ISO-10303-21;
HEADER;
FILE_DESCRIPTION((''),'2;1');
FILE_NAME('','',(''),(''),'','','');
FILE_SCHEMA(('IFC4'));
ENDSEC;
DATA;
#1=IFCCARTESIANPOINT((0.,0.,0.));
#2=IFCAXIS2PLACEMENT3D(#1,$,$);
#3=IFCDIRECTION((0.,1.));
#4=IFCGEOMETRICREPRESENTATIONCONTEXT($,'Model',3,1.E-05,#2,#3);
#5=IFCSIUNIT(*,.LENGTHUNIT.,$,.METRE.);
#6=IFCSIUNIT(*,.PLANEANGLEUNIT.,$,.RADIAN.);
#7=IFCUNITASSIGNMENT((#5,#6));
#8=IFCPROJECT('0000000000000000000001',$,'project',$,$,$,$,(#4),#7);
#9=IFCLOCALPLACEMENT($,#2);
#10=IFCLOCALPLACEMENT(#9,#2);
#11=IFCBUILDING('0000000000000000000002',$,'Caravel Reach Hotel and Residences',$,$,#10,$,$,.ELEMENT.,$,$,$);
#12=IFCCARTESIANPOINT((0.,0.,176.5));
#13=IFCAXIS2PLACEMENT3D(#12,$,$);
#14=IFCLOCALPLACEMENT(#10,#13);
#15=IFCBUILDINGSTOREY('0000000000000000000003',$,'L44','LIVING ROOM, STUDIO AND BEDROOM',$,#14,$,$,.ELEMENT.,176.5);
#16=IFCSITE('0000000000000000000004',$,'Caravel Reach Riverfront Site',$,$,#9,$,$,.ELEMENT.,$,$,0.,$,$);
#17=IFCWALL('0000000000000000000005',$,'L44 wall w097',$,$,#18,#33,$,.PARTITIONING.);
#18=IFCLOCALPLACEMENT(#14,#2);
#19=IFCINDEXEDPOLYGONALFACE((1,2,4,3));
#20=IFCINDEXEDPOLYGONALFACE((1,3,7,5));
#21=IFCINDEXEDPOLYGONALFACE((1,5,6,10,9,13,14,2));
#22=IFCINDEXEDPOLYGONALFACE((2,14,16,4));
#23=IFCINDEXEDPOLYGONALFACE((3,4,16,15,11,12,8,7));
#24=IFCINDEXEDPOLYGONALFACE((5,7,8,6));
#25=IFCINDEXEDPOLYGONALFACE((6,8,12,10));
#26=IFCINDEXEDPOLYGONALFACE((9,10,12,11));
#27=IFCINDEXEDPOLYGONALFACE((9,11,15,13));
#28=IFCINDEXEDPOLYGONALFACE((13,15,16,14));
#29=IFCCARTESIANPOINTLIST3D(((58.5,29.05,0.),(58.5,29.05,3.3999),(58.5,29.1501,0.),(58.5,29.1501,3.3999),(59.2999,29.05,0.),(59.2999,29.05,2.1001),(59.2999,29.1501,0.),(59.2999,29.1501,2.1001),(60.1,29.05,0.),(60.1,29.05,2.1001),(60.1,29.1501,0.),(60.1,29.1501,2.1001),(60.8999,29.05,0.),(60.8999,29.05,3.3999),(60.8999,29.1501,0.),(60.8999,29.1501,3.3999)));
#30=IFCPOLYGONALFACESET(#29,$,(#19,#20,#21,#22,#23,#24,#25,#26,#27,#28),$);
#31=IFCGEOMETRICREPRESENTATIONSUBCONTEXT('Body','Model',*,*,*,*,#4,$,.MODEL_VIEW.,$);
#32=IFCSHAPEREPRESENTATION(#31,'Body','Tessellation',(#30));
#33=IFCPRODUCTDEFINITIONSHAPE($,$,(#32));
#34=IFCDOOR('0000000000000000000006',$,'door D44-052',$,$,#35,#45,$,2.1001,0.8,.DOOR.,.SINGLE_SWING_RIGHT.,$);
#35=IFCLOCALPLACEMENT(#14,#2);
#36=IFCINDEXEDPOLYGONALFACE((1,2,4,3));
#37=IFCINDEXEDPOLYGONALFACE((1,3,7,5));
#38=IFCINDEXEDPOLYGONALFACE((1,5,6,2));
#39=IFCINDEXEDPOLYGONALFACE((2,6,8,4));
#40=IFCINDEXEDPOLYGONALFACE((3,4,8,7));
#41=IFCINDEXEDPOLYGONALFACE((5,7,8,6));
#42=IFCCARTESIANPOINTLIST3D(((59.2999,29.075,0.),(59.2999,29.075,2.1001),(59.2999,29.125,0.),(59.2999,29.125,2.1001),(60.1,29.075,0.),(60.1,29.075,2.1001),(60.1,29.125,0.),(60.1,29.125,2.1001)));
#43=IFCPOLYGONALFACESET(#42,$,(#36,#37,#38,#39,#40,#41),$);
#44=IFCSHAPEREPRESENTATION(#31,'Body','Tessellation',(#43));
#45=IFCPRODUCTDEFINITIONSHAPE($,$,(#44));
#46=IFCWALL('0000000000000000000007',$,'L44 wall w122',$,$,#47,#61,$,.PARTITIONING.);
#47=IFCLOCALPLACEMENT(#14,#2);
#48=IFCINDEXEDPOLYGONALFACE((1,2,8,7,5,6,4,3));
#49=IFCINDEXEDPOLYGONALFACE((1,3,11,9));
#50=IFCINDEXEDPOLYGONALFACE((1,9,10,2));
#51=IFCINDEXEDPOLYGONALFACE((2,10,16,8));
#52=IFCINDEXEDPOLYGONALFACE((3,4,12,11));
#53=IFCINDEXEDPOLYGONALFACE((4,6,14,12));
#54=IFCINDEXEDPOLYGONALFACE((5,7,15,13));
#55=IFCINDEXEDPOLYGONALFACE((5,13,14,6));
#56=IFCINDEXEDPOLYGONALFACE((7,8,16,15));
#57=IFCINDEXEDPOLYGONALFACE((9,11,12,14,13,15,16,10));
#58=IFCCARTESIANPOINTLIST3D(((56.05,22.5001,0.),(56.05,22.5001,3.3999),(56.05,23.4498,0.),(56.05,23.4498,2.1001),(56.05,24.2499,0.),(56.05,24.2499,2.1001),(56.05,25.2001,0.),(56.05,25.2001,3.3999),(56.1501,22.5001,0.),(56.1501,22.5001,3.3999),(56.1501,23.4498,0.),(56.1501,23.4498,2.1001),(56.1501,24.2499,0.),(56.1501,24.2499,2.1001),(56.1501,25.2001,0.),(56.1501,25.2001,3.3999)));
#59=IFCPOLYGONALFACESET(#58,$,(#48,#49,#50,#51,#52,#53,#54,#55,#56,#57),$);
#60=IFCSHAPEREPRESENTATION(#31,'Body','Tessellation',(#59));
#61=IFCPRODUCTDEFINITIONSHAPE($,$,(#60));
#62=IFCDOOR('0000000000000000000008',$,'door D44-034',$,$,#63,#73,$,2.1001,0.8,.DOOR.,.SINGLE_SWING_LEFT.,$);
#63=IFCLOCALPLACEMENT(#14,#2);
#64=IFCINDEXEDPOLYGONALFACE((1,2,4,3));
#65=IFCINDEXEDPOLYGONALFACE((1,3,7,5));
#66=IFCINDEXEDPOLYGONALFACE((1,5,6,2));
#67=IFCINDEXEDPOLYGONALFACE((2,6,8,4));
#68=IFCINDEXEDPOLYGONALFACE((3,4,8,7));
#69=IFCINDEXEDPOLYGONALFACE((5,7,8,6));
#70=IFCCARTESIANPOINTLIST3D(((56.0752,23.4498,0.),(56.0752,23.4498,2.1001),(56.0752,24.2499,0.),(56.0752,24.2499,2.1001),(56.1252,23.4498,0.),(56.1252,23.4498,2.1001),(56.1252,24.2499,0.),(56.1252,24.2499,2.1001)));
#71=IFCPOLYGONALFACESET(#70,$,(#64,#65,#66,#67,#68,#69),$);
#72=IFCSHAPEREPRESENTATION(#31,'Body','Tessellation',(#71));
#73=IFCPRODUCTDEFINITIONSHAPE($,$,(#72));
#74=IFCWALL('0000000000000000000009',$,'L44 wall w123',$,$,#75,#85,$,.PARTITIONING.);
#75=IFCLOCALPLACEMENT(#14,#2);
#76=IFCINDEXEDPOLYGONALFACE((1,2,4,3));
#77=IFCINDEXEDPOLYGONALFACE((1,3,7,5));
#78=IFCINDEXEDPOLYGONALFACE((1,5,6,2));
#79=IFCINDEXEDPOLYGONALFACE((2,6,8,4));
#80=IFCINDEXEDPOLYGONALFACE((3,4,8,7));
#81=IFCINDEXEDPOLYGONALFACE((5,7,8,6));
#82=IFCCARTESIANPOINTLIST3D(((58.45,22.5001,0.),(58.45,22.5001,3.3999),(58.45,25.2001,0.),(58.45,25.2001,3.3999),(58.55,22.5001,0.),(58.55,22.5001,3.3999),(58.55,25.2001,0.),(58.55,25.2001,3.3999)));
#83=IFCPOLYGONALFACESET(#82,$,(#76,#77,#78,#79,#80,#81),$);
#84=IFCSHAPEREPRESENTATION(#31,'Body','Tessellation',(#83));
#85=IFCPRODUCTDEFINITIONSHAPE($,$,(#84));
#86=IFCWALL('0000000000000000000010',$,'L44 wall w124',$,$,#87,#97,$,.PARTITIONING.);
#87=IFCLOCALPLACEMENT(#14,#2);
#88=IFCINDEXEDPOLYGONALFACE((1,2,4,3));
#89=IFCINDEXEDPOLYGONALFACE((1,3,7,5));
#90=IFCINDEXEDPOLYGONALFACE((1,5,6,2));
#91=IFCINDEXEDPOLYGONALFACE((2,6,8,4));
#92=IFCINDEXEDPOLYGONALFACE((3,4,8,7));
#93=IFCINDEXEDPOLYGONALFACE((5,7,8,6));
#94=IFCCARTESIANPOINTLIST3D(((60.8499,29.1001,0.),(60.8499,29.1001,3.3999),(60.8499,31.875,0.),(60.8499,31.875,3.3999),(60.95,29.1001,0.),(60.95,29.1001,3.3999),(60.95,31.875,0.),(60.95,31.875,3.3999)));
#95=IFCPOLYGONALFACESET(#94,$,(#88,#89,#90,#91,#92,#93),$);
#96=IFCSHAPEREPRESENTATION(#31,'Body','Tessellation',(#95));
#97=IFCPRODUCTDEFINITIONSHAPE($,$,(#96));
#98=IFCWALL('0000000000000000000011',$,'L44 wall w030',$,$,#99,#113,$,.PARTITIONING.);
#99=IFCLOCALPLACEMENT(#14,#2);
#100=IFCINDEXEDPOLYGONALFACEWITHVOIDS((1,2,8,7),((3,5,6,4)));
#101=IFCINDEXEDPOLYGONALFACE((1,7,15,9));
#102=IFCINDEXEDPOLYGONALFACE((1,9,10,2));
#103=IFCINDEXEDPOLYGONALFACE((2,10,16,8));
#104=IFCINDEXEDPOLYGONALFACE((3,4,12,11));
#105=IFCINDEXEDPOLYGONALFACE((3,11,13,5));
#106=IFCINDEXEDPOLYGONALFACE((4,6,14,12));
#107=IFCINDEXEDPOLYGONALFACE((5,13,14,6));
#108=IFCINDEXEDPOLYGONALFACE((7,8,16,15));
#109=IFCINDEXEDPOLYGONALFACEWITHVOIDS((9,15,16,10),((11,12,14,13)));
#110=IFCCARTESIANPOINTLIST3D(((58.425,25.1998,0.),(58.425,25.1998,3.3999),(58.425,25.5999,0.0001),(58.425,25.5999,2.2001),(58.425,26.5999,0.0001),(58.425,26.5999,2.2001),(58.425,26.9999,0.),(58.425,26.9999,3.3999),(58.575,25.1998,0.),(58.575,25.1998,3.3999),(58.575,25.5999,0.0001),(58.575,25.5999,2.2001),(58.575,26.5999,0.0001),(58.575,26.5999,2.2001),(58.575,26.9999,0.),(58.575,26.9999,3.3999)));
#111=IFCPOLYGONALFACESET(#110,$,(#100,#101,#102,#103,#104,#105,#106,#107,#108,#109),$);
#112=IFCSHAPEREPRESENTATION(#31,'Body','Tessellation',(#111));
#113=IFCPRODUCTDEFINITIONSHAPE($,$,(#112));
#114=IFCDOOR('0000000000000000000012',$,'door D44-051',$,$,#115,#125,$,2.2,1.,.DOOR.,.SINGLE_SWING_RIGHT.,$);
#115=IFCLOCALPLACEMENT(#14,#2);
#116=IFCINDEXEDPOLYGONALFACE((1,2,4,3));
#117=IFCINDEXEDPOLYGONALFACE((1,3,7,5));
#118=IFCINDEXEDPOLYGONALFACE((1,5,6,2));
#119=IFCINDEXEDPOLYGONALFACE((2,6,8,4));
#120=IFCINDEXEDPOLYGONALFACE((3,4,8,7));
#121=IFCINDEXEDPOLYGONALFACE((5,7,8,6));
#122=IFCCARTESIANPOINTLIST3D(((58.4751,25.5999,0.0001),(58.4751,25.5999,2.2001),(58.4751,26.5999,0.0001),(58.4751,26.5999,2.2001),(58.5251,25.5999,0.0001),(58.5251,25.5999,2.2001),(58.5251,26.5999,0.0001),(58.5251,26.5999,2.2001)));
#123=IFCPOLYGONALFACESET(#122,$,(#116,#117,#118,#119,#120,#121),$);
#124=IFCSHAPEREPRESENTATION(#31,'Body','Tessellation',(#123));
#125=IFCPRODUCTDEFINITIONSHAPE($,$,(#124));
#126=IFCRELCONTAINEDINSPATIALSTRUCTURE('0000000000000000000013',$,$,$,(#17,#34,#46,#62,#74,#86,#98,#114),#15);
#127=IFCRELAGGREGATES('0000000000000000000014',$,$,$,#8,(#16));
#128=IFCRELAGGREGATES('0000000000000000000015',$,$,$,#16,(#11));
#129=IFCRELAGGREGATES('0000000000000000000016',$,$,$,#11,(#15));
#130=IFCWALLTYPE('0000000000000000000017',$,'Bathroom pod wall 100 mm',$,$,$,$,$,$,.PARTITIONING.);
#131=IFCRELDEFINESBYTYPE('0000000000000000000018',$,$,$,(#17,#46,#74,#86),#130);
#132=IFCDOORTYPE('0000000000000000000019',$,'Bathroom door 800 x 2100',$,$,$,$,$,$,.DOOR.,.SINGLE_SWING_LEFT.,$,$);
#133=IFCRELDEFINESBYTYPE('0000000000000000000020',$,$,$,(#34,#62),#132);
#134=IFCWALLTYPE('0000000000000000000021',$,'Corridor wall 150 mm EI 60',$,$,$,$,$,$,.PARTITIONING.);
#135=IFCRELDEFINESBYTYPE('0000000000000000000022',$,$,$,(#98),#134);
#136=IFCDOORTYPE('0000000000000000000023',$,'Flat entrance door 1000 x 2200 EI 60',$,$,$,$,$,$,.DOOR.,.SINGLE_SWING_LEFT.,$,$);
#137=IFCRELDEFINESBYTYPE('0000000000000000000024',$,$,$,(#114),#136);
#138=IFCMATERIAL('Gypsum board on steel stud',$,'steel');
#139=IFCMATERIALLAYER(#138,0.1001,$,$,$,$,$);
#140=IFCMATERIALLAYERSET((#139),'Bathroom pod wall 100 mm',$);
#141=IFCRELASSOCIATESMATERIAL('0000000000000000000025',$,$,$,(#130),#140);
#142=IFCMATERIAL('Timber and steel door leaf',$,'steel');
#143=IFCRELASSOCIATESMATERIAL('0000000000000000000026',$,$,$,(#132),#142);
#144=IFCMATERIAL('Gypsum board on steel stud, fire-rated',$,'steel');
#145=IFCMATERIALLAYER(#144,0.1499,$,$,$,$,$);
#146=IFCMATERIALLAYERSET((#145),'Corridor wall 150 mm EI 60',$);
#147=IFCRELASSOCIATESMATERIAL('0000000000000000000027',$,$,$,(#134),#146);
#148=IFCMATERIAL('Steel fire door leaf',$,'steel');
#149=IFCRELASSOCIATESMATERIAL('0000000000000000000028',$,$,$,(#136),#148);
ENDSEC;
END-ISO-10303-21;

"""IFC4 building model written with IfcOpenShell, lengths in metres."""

from ifc_helpers import new_model, si_unit, direction, frame, frame_2d, origin, place, context, subcontext, project, spatial, rectangle, extrude, material, layer, layer_set, type_object, element, fill, save


model = new_model("IFC4")

# Units and contexts
model_context = context("Model", 3, precision=1e-05, world=origin(), true_north=direction((0.0, 1.0)))
body_context = subcontext(model_context, "Body", "Model", "MODEL_VIEW")
ifc_project = project(units=[si_unit("LENGTHUNIT", "METRE"), si_unit("PLANEANGLEUNIT", "RADIAN")], contexts=[model_context])

# Site, building, storey
site_placement = place(None, origin())
site = spatial("IfcSite", under=ifc_project, at=site_placement, Name="Caravel Reach Riverfront Site", CompositionType="ELEMENT", RefElevation=0.0)
building_placement = place(site_placement, origin())
building = spatial("IfcBuilding", under=site, at=building_placement, Name="Caravel Reach Hotel and Residences", CompositionType="ELEMENT")
storey_placement = place(building_placement, frame((0.0, 0.0, 176.5)))
storey = spatial("IfcBuildingStorey", under=building, at=storey_placement, Name="L44", Description="LIVING ROOM, STUDIO AND BEDROOM", CompositionType="ELEMENT", Elevation=176.5)

# Shared definitions
ifc_material_1 = material(Name="Gypsum board on steel stud", Category="steel")
ifc_layer_1 = layer(ifc_material_1, 0.1001)
ifc_layer_set_1 = layer_set([ifc_layer_1], Name="Bathroom pod wall 100 mm")
wall_type_1 = type_object("IfcWallType", Name="Bathroom pod wall 100 mm", PredefinedType="PARTITIONING", material=ifc_layer_set_1)

# Walls, openings, doors
wall_1_placement = place(storey_placement, frame((58.5, 29.1001, 0.0), z_axis=(0.0, 0.0, 1.0), x_axis=(1.0, 0.0, 0.0)))
wall_1 = element("IfcWall", 1, at=wall_1_placement, inside=storey, type_object=wall_type_1, Name="L44 wall w097", PredefinedType="PARTITIONING", context=body_context, shape_type="SweptSolid", body=[
    extrude(rectangle(XDim=2.3999, YDim=0.1001, at=frame_2d((1.2, 0.0))), origin(), (0.0, 0.0, 1.0), 3.3999),
])
opening_1_placement = place(wall_1_placement, frame((0.8, 0.0, 0.0)))
opening_1 = element("IfcOpeningElement", 2, at=opening_1_placement, cuts=wall_1, PredefinedType="OPENING", context=body_context, shape_type="SweptSolid", body=[
    extrude(rectangle(XDim=0.8, YDim=2.1001, at=frame_2d((0.3999, 1.05))), frame((0.0, 0.0601, 0.0), z_axis=(0.0, -1.0, 0.0), x_axis=(1.0, 0.0, 0.0)), (0.0, 0.0, 1.0), 0.1201),
])
ifc_material_2 = material(Name="Timber and steel door leaf", Category="steel")
door_type_1 = type_object("IfcDoorType", Name="Bathroom door 800 x 2100", OperationType="SINGLE_SWING_LEFT", PredefinedType="DOOR", material=ifc_material_2)
door_1_placement = place(opening_1_placement, origin())
door_1 = element("IfcDoor", 3, at=door_1_placement, inside=storey, type_object=door_type_1, Name="door D44-052", OperationType="SINGLE_SWING_RIGHT", OverallHeight=2.1001, OverallWidth=0.8, PredefinedType="DOOR", context=body_context, shape_type="SweptSolid", body=[
    extrude(rectangle(XDim=0.8, YDim=2.1001, at=frame_2d((0.3999, 1.05))), frame((0.0, 0.0249, 0.0), z_axis=(0.0, -1.0, 0.0), x_axis=(1.0, 0.0, 0.0)), (0.0, 0.0, 1.0), 0.05),
])
fill(opening_1, door_1)
wall_2_placement = place(storey_placement, frame((56.1001, 22.5, 0.0), z_axis=(0.0, 0.0, 1.0), x_axis=(0.0, 1.0, 0.0)))
wall_2 = element("IfcWall", 4, at=wall_2_placement, inside=storey, type_object=wall_type_1, Name="L44 wall w122", PredefinedType="PARTITIONING", context=body_context, shape_type="SweptSolid", body=[
    extrude(rectangle(XDim=2.7, YDim=0.1001, at=frame_2d((1.3501, 0.0))), origin(), (0.0, 0.0, 1.0), 3.3999),
])
opening_2_placement = place(wall_2_placement, frame((0.95, 0.0, 0.0)))
opening_2 = element("IfcOpeningElement", 5, at=opening_2_placement, cuts=wall_2, PredefinedType="OPENING", context=body_context, shape_type="SweptSolid", body=[
    extrude(rectangle(XDim=0.8, YDim=2.1001, at=frame_2d((0.3999, 1.05))), frame((0.0, 0.0601, 0.0), z_axis=(0.0, -1.0, 0.0), x_axis=(1.0, 0.0, 0.0)), (0.0, 0.0, 1.0), 0.1201),
])
door_2_placement = place(opening_2_placement, origin())
door_2 = element("IfcDoor", 6, at=door_2_placement, inside=storey, type_object=door_type_1, Name="door D44-034", OperationType="SINGLE_SWING_LEFT", OverallHeight=2.1001, OverallWidth=0.8, PredefinedType="DOOR", context=body_context, shape_type="SweptSolid", body=[
    extrude(rectangle(XDim=0.8, YDim=2.1001, at=frame_2d((0.3999, 1.05))), frame((0.0, 0.0249, 0.0), z_axis=(0.0, -1.0, 0.0), x_axis=(1.0, 0.0, 0.0)), (0.0, 0.0, 1.0), 0.05),
])
fill(opening_2, door_2)

# Walls
wall_3_placement = place(storey_placement, frame((58.5, 22.5, 0.0), z_axis=(0.0, 0.0, 1.0), x_axis=(0.0, 1.0, 0.0)))
element("IfcWall", 7, at=wall_3_placement, inside=storey, type_object=wall_type_1, Name="L44 wall w123", PredefinedType="PARTITIONING", context=body_context, shape_type="SweptSolid", body=[
    extrude(rectangle(XDim=2.7, YDim=0.1001, at=frame_2d((1.3501, 0.0))), origin(), (0.0, 0.0, 1.0), 3.3999),
])
wall_4_placement = place(storey_placement, frame((60.8999, 29.1001, 0.0), z_axis=(0.0, 0.0, 1.0), x_axis=(0.0, 1.0, 0.0)))
element("IfcWall", 8, at=wall_4_placement, inside=storey, type_object=wall_type_1, Name="L44 wall w124", PredefinedType="PARTITIONING", context=body_context, shape_type="SweptSolid", body=[
    extrude(rectangle(XDim=2.7749, YDim=0.1001, at=frame_2d((1.3875, 0.0))), origin(), (0.0, 0.0, 1.0), 3.3999),
])

# Wall, opening, door
ifc_material_3 = material(Name="Gypsum board on steel stud, fire-rated", Category="steel")
ifc_layer_2 = layer(ifc_material_3, 0.1499)
ifc_layer_set_2 = layer_set([ifc_layer_2], Name="Corridor wall 150 mm EI 60")
wall_type_2 = type_object("IfcWallType", Name="Corridor wall 150 mm EI 60", PredefinedType="PARTITIONING", material=ifc_layer_set_2)
wall_5_placement = place(storey_placement, frame((58.5, 25.2, 0.0), z_axis=(0.0, 0.0, 1.0), x_axis=(0.0, 1.0, 0.0)))
wall_5 = element("IfcWall", 9, at=wall_5_placement, inside=storey, type_object=wall_type_2, Name="L44 wall w030", PredefinedType="PARTITIONING", context=body_context, shape_type="SweptSolid", body=[
    extrude(rectangle(XDim=1.8, YDim=0.1499, at=frame_2d((0.8999, 0.0))), origin(), (0.0, 0.0, 1.0), 3.3999),
])
opening_3_placement = place(wall_5_placement, frame((0.3999, 0.0, 0.0)))
opening_3 = element("IfcOpeningElement", 10, at=opening_3_placement, cuts=wall_5, PredefinedType="OPENING", context=body_context, shape_type="SweptSolid", body=[
    extrude(rectangle(XDim=1.0, YDim=2.2, at=frame_2d((0.5, 1.1001))), frame((0.0, 0.085, 0.0), z_axis=(0.0, -1.0, 0.0), x_axis=(1.0, 0.0, 0.0)), (0.0, 0.0, 1.0), 0.1699),
])
ifc_material_4 = material(Name="Steel fire door leaf", Category="steel")
door_type_2 = type_object("IfcDoorType", Name="Flat entrance door 1000 x 2200 EI 60", OperationType="SINGLE_SWING_LEFT", PredefinedType="DOOR", material=ifc_material_4)
door_3_placement = place(opening_3_placement, origin())
door_3 = element("IfcDoor", 11, at=door_3_placement, inside=storey, type_object=door_type_2, Name="door D44-051", OperationType="SINGLE_SWING_RIGHT", OverallHeight=2.2, OverallWidth=1.0, PredefinedType="DOOR", context=body_context, shape_type="SweptSolid", body=[
    extrude(rectangle(XDim=1.0, YDim=2.2, at=frame_2d((0.5, 1.1001))), frame((0.0, 0.0249, 0.0), z_axis=(0.0, -1.0, 0.0), x_axis=(1.0, 0.0, 0.0)), (0.0, 0.0, 1.0), 0.05),
])
fill(opening_3, door_3)

save(model, "model.ifc")
